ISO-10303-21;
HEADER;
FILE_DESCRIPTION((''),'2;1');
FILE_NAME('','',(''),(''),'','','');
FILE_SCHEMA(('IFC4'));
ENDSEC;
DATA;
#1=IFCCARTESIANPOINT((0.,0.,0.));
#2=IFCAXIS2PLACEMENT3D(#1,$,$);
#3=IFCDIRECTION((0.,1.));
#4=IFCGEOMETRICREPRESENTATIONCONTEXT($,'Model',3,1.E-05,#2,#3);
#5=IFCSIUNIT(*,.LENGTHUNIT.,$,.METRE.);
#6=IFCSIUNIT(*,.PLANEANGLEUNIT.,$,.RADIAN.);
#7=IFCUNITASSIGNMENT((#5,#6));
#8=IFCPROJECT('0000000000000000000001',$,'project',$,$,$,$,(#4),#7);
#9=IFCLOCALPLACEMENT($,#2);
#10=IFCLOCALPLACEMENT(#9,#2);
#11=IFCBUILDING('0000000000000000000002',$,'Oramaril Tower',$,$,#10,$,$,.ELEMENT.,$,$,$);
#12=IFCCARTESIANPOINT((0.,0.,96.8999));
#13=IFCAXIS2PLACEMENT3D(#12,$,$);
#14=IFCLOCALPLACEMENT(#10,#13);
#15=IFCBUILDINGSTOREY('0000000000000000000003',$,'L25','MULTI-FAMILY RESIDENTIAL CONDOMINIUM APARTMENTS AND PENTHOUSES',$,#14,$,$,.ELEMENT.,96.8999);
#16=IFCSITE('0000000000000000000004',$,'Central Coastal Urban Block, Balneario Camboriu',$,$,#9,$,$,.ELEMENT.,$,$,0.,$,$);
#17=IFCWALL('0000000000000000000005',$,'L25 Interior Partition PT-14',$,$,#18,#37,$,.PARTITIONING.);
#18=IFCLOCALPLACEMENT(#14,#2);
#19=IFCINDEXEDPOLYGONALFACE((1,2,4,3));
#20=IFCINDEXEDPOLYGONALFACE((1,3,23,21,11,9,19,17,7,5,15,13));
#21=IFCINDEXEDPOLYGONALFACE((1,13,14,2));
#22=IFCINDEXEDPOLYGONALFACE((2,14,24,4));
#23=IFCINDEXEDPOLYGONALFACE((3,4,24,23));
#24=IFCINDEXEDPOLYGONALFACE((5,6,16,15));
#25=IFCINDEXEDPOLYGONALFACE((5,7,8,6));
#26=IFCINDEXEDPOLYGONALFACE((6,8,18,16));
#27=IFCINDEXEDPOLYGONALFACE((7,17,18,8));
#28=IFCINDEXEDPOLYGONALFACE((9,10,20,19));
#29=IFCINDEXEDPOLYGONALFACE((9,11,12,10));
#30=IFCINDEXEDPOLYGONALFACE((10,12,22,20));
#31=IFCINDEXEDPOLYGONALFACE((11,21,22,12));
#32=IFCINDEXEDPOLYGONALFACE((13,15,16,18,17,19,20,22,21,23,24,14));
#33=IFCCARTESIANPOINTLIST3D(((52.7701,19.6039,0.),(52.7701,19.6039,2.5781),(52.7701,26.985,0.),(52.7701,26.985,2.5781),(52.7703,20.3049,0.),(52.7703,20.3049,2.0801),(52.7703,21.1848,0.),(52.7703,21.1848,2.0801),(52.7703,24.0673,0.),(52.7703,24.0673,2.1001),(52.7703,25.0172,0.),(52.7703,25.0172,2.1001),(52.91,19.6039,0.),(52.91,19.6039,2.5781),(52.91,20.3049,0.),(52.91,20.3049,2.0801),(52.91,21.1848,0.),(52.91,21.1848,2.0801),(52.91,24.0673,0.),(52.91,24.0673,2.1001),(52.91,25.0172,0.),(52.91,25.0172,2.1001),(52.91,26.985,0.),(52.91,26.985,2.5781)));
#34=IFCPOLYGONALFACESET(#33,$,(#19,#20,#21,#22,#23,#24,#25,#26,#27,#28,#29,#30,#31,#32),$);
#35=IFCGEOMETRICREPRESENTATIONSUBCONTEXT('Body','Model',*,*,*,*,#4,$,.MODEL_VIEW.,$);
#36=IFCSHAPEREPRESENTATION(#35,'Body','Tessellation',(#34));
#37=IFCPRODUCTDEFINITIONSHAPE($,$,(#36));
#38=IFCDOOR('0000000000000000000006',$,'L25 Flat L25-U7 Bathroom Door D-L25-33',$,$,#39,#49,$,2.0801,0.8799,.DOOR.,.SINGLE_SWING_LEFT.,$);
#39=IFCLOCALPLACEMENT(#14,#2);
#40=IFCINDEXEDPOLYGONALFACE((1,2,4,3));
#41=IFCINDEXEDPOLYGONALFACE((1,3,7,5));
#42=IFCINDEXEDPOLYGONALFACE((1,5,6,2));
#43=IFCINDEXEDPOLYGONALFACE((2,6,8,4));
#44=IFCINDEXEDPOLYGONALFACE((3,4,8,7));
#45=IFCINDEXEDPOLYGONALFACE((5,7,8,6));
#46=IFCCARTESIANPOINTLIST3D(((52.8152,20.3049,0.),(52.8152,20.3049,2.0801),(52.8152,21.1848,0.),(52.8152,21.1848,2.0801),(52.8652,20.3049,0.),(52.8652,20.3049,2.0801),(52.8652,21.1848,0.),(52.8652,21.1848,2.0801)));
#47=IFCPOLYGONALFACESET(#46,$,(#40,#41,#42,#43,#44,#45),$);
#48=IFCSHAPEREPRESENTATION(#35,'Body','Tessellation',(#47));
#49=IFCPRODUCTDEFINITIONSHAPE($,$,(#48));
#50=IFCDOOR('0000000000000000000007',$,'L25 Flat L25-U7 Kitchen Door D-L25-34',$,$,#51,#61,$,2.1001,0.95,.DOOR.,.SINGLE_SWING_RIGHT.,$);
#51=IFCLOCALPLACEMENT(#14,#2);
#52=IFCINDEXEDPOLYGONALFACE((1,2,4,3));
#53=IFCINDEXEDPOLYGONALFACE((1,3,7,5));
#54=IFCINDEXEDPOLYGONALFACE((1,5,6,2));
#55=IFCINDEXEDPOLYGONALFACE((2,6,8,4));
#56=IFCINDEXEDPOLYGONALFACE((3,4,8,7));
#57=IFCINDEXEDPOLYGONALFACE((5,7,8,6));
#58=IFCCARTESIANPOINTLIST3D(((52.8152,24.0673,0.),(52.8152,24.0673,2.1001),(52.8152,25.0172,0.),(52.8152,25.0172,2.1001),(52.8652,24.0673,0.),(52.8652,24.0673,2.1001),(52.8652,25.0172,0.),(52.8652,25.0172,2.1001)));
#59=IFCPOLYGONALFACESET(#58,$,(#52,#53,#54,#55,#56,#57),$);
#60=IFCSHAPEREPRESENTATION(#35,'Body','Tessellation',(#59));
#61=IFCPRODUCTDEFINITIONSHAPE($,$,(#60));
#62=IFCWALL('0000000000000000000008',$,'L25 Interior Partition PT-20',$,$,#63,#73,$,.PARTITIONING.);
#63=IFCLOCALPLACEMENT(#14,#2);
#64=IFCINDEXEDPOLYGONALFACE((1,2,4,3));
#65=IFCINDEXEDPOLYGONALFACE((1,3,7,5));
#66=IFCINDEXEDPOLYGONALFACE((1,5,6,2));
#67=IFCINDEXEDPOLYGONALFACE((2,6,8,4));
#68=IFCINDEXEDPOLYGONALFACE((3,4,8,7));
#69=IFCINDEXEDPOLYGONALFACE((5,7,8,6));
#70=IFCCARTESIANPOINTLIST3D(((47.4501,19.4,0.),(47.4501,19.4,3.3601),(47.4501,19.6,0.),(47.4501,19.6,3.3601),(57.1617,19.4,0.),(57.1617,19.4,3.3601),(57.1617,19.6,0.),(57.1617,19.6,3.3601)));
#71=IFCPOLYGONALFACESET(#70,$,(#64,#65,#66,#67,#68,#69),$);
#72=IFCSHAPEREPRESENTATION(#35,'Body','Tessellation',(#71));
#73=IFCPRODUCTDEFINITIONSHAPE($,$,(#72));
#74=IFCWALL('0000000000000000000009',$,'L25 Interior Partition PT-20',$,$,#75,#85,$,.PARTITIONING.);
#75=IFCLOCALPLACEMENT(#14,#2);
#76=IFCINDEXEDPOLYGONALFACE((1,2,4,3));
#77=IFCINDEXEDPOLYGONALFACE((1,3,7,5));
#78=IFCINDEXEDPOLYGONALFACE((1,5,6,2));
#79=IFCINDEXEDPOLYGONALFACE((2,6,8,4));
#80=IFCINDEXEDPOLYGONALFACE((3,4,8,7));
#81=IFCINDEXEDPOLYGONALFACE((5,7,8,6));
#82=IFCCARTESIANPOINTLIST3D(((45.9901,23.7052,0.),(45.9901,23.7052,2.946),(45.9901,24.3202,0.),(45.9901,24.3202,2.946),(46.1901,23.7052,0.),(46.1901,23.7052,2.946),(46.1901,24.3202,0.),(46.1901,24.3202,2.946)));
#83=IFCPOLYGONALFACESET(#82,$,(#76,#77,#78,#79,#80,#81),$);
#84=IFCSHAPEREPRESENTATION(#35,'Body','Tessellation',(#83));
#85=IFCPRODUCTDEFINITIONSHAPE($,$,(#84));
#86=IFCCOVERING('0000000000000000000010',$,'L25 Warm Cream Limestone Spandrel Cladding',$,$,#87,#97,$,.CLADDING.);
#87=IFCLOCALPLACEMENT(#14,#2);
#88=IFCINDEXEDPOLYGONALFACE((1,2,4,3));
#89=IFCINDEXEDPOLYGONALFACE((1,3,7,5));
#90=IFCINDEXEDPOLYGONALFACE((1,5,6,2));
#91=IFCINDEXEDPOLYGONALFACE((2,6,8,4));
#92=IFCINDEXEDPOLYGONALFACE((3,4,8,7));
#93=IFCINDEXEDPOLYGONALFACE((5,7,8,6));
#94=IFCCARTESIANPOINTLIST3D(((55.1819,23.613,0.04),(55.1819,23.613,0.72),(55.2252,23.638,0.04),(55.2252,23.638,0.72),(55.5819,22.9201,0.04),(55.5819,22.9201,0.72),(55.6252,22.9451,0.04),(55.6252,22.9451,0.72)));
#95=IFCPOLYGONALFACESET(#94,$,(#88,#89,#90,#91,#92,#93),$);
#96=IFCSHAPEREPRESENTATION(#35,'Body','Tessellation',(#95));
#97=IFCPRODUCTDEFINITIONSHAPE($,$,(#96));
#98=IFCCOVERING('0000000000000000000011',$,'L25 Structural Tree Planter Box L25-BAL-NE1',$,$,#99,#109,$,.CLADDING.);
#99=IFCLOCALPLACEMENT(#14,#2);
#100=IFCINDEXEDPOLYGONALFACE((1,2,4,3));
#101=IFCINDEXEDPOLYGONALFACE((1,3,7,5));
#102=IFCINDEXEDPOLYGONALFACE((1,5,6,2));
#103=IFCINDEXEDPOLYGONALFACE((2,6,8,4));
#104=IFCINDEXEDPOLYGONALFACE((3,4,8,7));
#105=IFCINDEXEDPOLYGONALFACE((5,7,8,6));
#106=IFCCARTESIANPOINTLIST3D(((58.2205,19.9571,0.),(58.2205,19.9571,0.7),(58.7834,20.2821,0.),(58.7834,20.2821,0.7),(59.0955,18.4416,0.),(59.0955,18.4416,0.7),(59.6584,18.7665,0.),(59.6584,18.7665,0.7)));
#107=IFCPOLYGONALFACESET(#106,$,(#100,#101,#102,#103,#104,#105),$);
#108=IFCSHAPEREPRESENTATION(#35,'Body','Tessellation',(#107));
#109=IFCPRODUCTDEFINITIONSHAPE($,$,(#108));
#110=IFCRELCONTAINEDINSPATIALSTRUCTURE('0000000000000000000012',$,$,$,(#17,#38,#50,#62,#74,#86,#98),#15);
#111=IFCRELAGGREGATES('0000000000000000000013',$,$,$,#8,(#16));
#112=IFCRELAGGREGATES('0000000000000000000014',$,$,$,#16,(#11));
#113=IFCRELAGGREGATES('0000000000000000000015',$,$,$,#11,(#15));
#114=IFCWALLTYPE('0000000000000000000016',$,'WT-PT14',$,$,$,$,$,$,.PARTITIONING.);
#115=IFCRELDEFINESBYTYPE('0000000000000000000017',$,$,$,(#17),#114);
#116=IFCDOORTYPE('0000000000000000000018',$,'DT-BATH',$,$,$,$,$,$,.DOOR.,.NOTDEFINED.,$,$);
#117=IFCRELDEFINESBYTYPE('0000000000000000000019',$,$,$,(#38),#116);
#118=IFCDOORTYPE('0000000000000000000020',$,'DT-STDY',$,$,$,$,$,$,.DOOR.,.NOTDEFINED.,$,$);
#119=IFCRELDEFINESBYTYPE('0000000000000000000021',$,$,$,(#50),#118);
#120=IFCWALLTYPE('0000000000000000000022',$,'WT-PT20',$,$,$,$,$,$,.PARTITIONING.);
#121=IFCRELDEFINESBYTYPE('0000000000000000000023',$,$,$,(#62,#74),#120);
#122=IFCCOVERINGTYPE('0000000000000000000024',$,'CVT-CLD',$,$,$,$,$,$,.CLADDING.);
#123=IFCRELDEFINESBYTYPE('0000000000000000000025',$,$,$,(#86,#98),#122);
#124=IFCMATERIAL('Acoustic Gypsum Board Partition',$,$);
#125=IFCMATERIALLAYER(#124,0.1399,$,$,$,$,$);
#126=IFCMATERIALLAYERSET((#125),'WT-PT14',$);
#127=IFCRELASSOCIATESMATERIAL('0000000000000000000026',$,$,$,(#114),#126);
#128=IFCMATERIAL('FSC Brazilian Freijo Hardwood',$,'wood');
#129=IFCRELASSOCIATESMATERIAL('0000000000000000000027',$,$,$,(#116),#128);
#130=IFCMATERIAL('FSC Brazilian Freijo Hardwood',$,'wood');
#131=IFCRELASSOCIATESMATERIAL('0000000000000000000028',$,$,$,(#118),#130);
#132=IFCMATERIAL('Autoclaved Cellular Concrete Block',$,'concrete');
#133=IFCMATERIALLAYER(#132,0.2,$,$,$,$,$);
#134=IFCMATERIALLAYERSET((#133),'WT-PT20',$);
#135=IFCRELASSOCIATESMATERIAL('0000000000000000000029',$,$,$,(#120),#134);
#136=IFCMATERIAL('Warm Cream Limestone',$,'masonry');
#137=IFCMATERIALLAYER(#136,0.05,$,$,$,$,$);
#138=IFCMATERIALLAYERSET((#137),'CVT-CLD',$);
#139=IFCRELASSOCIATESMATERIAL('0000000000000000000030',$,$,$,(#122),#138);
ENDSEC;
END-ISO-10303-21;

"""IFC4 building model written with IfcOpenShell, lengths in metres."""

from ifc_helpers import new_model, si_unit, direction, frame, frame_2d, origin, origin_2d, place, context, subcontext, project, spatial, rectangle, extrude, material, layer, layer_set, type_object, element, fill, save


model = new_model("IFC4")

# Units and contexts
model_context = context("Model", 3, precision=1e-05, world=origin(), true_north=direction((0.0, 1.0)))
body_context = subcontext(model_context, "Body", "Model", "MODEL_VIEW")
ifc_project = project(units=[si_unit("LENGTHUNIT", "METRE"), si_unit("PLANEANGLEUNIT", "RADIAN")], contexts=[model_context])

# Site, building, storey
site_placement = place(None, origin())
site = spatial("IfcSite", under=ifc_project, at=site_placement, Name="Central Coastal Urban Block, Balneario Camboriu", CompositionType="ELEMENT", RefElevation=0.0)
building_placement = place(site_placement, origin())
building = spatial("IfcBuilding", under=site, at=building_placement, Name="Oramaril Tower", CompositionType="ELEMENT")
storey_placement = place(building_placement, frame((0.0, 0.0, 96.8999)))
storey = spatial("IfcBuildingStorey", under=building, at=storey_placement, Name="L25", Description="MULTI-FAMILY RESIDENTIAL CONDOMINIUM APARTMENTS AND PENTHOUSES", CompositionType="ELEMENT", Elevation=96.8999)

# Wall, openings, doors
ifc_material_1 = material(Name="Acoustic Gypsum Board Partition")
ifc_layer_1 = layer(ifc_material_1, 0.1399)
ifc_layer_set_1 = layer_set([ifc_layer_1], Name="WT-PT14")
wall_type_1 = type_object("IfcWallType", Name="WT-PT14", PredefinedType="PARTITIONING", material=ifc_layer_set_1)
wall_1_placement = place(storey_placement, frame((52.8401, 19.604, 0.0), z_axis=(0.0, 0.0, 1.0), x_axis=(0.0, 1.0, 0.0)))
wall_1 = element("IfcWall", 1, at=wall_1_placement, inside=storey, type_object=wall_type_1, Name="L25 Interior Partition PT-14", PredefinedType="PARTITIONING", context=body_context, shape_type="SweptSolid", body=[
    extrude(rectangle(XDim=7.3811, YDim=0.1399, at=frame_2d((3.6904, 0.0))), origin(), (0.0, 0.0, 1.0), 2.5781),
])
opening_1_placement = place(wall_1_placement, frame((0.7009, 0.0, 0.0)))
opening_1 = element("IfcOpeningElement", 2, at=opening_1_placement, cuts=wall_1, PredefinedType="OPENING", context=body_context, shape_type="SweptSolid", body=[
    extrude(rectangle(XDim=0.8799, YDim=2.0801, at=frame_2d((0.4399, 1.04))), frame((0.0, 0.0698, 0.0), z_axis=(0.0, -1.0, 0.0), x_axis=(1.0, 0.0, 0.0)), (0.0, 0.0, 1.0), 0.1399),
])
opening_2_placement = place(wall_1_placement, frame((4.4631, 0.0, 0.0)))
opening_2 = element("IfcOpeningElement", 3, at=opening_2_placement, cuts=wall_1, PredefinedType="OPENING", context=body_context, shape_type="SweptSolid", body=[
    extrude(rectangle(XDim=0.95, YDim=2.1001, at=frame_2d((0.4751, 1.05))), frame((0.0, 0.0698, 0.0), z_axis=(0.0, -1.0, 0.0), x_axis=(1.0, 0.0, 0.0)), (0.0, 0.0, 1.0), 0.1399),
])
ifc_material_2 = material(Name="FSC Brazilian Freijo Hardwood", Category="wood")
door_type_1 = type_object("IfcDoorType", Name="DT-BATH", OperationType="NOTDEFINED", PredefinedType="DOOR", material=ifc_material_2)
door_1_placement = place(opening_1_placement, origin())
door_1 = element("IfcDoor", 4, at=door_1_placement, inside=storey, type_object=door_type_1, Name="L25 Flat L25-U7 Bathroom Door D-L25-33", OperationType="SINGLE_SWING_LEFT", OverallHeight=2.0801, OverallWidth=0.8799, PredefinedType="DOOR", context=body_context, shape_type="SweptSolid", body=[
    extrude(rectangle(XDim=0.8799, YDim=2.0801, at=frame_2d((0.4399, 1.04))), frame((0.0, 0.0249, 0.0), z_axis=(0.0, -1.0, 0.0), x_axis=(1.0, 0.0, 0.0)), (0.0, 0.0, 1.0), 0.05),
])
fill(opening_1, door_1)
ifc_material_3 = material(Name="FSC Brazilian Freijo Hardwood", Category="wood")
door_type_2 = type_object("IfcDoorType", Name="DT-STDY", OperationType="NOTDEFINED", PredefinedType="DOOR", material=ifc_material_3)
door_2_placement = place(opening_2_placement, origin())
door_2 = element("IfcDoor", 5, at=door_2_placement, inside=storey, type_object=door_type_2, Name="L25 Flat L25-U7 Kitchen Door D-L25-34", OperationType="SINGLE_SWING_RIGHT", OverallHeight=2.1001, OverallWidth=0.95, PredefinedType="DOOR", context=body_context, shape_type="SweptSolid", body=[
    extrude(rectangle(XDim=0.95, YDim=2.1001, at=frame_2d((0.4751, 1.05))), frame((0.0, 0.0249, 0.0), z_axis=(0.0, -1.0, 0.0), x_axis=(1.0, 0.0, 0.0)), (0.0, 0.0, 1.0), 0.05),
])
fill(opening_2, door_2)

# Walls
ifc_material_4 = material(Name="Autoclaved Cellular Concrete Block", Category="concrete")
ifc_layer_2 = layer(ifc_material_4, 0.2)
ifc_layer_set_2 = layer_set([ifc_layer_2], Name="WT-PT20")
wall_type_2 = type_object("IfcWallType", Name="WT-PT20", PredefinedType="PARTITIONING", material=ifc_layer_set_2)
wall_2_placement = place(storey_placement, frame((47.45, 19.5, 0.0), z_axis=(0.0, 0.0, 1.0), x_axis=(1.0, 0.0, 0.0)))
element("IfcWall", 6, at=wall_2_placement, inside=storey, type_object=wall_type_2, Name="L25 Interior Partition PT-20", PredefinedType="PARTITIONING", context=body_context, shape_type="SweptSolid", body=[
    extrude(rectangle(XDim=9.7117, YDim=0.2, at=frame_2d((4.856, 0.0))), origin(), (0.0, 0.0, 1.0), 3.3601),
])
wall_3_placement = place(storey_placement, frame((46.0901, 23.7051, 0.0), z_axis=(0.0, 0.0, 1.0), x_axis=(0.0, 1.0, 0.0)))
element("IfcWall", 7, at=wall_3_placement, inside=storey, type_object=wall_type_2, Name="L25 Interior Partition PT-20", PredefinedType="PARTITIONING", context=body_context, shape_type="SweptSolid", body=[
    extrude(rectangle(XDim=0.615, YDim=0.2, at=frame_2d((0.3076, 0.0))), origin(), (0.0, 0.0, 1.0), 2.946),
])

# Coverings
ifc_material_5 = material(Name="Warm Cream Limestone", Category="masonry")
ifc_layer_3 = layer(ifc_material_5, 0.05)
ifc_layer_set_3 = layer_set([ifc_layer_3], Name="CVT-CLD")
covering_type = type_object("IfcCoveringType", Name="CVT-CLD", PredefinedType="CLADDING", material=ifc_layer_set_3)
covering_1_placement = place(storey_placement, frame((55.4036, 23.2791, 0.04), z_axis=(0.0, 0.0, 1.0), x_axis=(-0.5, 0.866025, 0.0)))
element("IfcCovering", 8, at=covering_1_placement, inside=storey, type_object=covering_type, Name="L25 Warm Cream Limestone Spandrel Cladding", PredefinedType="CLADDING", context=body_context, shape_type="SweptSolid", body=[
    extrude(rectangle(XDim=0.8, YDim=0.05, at=origin_2d()), origin(), (0.0, 0.0, 1.0), 0.6799),
])
covering_2_placement = place(storey_placement, frame((58.9395, 19.3618, 0.0), z_axis=(0.0, 0.0, 1.0), x_axis=(-0.5, 0.866025, 0.0)))
element("IfcCovering", 9, at=covering_2_placement, inside=storey, type_object=covering_type, Name="L25 Structural Tree Planter Box L25-BAL-NE1", PredefinedType="CLADDING", context=body_context, shape_type="SweptSolid", body=[
    extrude(rectangle(XDim=1.75, YDim=0.6499, at=origin_2d()), origin(), (0.0, 0.0, 1.0), 0.7),
])

save(model, "model.ifc")
